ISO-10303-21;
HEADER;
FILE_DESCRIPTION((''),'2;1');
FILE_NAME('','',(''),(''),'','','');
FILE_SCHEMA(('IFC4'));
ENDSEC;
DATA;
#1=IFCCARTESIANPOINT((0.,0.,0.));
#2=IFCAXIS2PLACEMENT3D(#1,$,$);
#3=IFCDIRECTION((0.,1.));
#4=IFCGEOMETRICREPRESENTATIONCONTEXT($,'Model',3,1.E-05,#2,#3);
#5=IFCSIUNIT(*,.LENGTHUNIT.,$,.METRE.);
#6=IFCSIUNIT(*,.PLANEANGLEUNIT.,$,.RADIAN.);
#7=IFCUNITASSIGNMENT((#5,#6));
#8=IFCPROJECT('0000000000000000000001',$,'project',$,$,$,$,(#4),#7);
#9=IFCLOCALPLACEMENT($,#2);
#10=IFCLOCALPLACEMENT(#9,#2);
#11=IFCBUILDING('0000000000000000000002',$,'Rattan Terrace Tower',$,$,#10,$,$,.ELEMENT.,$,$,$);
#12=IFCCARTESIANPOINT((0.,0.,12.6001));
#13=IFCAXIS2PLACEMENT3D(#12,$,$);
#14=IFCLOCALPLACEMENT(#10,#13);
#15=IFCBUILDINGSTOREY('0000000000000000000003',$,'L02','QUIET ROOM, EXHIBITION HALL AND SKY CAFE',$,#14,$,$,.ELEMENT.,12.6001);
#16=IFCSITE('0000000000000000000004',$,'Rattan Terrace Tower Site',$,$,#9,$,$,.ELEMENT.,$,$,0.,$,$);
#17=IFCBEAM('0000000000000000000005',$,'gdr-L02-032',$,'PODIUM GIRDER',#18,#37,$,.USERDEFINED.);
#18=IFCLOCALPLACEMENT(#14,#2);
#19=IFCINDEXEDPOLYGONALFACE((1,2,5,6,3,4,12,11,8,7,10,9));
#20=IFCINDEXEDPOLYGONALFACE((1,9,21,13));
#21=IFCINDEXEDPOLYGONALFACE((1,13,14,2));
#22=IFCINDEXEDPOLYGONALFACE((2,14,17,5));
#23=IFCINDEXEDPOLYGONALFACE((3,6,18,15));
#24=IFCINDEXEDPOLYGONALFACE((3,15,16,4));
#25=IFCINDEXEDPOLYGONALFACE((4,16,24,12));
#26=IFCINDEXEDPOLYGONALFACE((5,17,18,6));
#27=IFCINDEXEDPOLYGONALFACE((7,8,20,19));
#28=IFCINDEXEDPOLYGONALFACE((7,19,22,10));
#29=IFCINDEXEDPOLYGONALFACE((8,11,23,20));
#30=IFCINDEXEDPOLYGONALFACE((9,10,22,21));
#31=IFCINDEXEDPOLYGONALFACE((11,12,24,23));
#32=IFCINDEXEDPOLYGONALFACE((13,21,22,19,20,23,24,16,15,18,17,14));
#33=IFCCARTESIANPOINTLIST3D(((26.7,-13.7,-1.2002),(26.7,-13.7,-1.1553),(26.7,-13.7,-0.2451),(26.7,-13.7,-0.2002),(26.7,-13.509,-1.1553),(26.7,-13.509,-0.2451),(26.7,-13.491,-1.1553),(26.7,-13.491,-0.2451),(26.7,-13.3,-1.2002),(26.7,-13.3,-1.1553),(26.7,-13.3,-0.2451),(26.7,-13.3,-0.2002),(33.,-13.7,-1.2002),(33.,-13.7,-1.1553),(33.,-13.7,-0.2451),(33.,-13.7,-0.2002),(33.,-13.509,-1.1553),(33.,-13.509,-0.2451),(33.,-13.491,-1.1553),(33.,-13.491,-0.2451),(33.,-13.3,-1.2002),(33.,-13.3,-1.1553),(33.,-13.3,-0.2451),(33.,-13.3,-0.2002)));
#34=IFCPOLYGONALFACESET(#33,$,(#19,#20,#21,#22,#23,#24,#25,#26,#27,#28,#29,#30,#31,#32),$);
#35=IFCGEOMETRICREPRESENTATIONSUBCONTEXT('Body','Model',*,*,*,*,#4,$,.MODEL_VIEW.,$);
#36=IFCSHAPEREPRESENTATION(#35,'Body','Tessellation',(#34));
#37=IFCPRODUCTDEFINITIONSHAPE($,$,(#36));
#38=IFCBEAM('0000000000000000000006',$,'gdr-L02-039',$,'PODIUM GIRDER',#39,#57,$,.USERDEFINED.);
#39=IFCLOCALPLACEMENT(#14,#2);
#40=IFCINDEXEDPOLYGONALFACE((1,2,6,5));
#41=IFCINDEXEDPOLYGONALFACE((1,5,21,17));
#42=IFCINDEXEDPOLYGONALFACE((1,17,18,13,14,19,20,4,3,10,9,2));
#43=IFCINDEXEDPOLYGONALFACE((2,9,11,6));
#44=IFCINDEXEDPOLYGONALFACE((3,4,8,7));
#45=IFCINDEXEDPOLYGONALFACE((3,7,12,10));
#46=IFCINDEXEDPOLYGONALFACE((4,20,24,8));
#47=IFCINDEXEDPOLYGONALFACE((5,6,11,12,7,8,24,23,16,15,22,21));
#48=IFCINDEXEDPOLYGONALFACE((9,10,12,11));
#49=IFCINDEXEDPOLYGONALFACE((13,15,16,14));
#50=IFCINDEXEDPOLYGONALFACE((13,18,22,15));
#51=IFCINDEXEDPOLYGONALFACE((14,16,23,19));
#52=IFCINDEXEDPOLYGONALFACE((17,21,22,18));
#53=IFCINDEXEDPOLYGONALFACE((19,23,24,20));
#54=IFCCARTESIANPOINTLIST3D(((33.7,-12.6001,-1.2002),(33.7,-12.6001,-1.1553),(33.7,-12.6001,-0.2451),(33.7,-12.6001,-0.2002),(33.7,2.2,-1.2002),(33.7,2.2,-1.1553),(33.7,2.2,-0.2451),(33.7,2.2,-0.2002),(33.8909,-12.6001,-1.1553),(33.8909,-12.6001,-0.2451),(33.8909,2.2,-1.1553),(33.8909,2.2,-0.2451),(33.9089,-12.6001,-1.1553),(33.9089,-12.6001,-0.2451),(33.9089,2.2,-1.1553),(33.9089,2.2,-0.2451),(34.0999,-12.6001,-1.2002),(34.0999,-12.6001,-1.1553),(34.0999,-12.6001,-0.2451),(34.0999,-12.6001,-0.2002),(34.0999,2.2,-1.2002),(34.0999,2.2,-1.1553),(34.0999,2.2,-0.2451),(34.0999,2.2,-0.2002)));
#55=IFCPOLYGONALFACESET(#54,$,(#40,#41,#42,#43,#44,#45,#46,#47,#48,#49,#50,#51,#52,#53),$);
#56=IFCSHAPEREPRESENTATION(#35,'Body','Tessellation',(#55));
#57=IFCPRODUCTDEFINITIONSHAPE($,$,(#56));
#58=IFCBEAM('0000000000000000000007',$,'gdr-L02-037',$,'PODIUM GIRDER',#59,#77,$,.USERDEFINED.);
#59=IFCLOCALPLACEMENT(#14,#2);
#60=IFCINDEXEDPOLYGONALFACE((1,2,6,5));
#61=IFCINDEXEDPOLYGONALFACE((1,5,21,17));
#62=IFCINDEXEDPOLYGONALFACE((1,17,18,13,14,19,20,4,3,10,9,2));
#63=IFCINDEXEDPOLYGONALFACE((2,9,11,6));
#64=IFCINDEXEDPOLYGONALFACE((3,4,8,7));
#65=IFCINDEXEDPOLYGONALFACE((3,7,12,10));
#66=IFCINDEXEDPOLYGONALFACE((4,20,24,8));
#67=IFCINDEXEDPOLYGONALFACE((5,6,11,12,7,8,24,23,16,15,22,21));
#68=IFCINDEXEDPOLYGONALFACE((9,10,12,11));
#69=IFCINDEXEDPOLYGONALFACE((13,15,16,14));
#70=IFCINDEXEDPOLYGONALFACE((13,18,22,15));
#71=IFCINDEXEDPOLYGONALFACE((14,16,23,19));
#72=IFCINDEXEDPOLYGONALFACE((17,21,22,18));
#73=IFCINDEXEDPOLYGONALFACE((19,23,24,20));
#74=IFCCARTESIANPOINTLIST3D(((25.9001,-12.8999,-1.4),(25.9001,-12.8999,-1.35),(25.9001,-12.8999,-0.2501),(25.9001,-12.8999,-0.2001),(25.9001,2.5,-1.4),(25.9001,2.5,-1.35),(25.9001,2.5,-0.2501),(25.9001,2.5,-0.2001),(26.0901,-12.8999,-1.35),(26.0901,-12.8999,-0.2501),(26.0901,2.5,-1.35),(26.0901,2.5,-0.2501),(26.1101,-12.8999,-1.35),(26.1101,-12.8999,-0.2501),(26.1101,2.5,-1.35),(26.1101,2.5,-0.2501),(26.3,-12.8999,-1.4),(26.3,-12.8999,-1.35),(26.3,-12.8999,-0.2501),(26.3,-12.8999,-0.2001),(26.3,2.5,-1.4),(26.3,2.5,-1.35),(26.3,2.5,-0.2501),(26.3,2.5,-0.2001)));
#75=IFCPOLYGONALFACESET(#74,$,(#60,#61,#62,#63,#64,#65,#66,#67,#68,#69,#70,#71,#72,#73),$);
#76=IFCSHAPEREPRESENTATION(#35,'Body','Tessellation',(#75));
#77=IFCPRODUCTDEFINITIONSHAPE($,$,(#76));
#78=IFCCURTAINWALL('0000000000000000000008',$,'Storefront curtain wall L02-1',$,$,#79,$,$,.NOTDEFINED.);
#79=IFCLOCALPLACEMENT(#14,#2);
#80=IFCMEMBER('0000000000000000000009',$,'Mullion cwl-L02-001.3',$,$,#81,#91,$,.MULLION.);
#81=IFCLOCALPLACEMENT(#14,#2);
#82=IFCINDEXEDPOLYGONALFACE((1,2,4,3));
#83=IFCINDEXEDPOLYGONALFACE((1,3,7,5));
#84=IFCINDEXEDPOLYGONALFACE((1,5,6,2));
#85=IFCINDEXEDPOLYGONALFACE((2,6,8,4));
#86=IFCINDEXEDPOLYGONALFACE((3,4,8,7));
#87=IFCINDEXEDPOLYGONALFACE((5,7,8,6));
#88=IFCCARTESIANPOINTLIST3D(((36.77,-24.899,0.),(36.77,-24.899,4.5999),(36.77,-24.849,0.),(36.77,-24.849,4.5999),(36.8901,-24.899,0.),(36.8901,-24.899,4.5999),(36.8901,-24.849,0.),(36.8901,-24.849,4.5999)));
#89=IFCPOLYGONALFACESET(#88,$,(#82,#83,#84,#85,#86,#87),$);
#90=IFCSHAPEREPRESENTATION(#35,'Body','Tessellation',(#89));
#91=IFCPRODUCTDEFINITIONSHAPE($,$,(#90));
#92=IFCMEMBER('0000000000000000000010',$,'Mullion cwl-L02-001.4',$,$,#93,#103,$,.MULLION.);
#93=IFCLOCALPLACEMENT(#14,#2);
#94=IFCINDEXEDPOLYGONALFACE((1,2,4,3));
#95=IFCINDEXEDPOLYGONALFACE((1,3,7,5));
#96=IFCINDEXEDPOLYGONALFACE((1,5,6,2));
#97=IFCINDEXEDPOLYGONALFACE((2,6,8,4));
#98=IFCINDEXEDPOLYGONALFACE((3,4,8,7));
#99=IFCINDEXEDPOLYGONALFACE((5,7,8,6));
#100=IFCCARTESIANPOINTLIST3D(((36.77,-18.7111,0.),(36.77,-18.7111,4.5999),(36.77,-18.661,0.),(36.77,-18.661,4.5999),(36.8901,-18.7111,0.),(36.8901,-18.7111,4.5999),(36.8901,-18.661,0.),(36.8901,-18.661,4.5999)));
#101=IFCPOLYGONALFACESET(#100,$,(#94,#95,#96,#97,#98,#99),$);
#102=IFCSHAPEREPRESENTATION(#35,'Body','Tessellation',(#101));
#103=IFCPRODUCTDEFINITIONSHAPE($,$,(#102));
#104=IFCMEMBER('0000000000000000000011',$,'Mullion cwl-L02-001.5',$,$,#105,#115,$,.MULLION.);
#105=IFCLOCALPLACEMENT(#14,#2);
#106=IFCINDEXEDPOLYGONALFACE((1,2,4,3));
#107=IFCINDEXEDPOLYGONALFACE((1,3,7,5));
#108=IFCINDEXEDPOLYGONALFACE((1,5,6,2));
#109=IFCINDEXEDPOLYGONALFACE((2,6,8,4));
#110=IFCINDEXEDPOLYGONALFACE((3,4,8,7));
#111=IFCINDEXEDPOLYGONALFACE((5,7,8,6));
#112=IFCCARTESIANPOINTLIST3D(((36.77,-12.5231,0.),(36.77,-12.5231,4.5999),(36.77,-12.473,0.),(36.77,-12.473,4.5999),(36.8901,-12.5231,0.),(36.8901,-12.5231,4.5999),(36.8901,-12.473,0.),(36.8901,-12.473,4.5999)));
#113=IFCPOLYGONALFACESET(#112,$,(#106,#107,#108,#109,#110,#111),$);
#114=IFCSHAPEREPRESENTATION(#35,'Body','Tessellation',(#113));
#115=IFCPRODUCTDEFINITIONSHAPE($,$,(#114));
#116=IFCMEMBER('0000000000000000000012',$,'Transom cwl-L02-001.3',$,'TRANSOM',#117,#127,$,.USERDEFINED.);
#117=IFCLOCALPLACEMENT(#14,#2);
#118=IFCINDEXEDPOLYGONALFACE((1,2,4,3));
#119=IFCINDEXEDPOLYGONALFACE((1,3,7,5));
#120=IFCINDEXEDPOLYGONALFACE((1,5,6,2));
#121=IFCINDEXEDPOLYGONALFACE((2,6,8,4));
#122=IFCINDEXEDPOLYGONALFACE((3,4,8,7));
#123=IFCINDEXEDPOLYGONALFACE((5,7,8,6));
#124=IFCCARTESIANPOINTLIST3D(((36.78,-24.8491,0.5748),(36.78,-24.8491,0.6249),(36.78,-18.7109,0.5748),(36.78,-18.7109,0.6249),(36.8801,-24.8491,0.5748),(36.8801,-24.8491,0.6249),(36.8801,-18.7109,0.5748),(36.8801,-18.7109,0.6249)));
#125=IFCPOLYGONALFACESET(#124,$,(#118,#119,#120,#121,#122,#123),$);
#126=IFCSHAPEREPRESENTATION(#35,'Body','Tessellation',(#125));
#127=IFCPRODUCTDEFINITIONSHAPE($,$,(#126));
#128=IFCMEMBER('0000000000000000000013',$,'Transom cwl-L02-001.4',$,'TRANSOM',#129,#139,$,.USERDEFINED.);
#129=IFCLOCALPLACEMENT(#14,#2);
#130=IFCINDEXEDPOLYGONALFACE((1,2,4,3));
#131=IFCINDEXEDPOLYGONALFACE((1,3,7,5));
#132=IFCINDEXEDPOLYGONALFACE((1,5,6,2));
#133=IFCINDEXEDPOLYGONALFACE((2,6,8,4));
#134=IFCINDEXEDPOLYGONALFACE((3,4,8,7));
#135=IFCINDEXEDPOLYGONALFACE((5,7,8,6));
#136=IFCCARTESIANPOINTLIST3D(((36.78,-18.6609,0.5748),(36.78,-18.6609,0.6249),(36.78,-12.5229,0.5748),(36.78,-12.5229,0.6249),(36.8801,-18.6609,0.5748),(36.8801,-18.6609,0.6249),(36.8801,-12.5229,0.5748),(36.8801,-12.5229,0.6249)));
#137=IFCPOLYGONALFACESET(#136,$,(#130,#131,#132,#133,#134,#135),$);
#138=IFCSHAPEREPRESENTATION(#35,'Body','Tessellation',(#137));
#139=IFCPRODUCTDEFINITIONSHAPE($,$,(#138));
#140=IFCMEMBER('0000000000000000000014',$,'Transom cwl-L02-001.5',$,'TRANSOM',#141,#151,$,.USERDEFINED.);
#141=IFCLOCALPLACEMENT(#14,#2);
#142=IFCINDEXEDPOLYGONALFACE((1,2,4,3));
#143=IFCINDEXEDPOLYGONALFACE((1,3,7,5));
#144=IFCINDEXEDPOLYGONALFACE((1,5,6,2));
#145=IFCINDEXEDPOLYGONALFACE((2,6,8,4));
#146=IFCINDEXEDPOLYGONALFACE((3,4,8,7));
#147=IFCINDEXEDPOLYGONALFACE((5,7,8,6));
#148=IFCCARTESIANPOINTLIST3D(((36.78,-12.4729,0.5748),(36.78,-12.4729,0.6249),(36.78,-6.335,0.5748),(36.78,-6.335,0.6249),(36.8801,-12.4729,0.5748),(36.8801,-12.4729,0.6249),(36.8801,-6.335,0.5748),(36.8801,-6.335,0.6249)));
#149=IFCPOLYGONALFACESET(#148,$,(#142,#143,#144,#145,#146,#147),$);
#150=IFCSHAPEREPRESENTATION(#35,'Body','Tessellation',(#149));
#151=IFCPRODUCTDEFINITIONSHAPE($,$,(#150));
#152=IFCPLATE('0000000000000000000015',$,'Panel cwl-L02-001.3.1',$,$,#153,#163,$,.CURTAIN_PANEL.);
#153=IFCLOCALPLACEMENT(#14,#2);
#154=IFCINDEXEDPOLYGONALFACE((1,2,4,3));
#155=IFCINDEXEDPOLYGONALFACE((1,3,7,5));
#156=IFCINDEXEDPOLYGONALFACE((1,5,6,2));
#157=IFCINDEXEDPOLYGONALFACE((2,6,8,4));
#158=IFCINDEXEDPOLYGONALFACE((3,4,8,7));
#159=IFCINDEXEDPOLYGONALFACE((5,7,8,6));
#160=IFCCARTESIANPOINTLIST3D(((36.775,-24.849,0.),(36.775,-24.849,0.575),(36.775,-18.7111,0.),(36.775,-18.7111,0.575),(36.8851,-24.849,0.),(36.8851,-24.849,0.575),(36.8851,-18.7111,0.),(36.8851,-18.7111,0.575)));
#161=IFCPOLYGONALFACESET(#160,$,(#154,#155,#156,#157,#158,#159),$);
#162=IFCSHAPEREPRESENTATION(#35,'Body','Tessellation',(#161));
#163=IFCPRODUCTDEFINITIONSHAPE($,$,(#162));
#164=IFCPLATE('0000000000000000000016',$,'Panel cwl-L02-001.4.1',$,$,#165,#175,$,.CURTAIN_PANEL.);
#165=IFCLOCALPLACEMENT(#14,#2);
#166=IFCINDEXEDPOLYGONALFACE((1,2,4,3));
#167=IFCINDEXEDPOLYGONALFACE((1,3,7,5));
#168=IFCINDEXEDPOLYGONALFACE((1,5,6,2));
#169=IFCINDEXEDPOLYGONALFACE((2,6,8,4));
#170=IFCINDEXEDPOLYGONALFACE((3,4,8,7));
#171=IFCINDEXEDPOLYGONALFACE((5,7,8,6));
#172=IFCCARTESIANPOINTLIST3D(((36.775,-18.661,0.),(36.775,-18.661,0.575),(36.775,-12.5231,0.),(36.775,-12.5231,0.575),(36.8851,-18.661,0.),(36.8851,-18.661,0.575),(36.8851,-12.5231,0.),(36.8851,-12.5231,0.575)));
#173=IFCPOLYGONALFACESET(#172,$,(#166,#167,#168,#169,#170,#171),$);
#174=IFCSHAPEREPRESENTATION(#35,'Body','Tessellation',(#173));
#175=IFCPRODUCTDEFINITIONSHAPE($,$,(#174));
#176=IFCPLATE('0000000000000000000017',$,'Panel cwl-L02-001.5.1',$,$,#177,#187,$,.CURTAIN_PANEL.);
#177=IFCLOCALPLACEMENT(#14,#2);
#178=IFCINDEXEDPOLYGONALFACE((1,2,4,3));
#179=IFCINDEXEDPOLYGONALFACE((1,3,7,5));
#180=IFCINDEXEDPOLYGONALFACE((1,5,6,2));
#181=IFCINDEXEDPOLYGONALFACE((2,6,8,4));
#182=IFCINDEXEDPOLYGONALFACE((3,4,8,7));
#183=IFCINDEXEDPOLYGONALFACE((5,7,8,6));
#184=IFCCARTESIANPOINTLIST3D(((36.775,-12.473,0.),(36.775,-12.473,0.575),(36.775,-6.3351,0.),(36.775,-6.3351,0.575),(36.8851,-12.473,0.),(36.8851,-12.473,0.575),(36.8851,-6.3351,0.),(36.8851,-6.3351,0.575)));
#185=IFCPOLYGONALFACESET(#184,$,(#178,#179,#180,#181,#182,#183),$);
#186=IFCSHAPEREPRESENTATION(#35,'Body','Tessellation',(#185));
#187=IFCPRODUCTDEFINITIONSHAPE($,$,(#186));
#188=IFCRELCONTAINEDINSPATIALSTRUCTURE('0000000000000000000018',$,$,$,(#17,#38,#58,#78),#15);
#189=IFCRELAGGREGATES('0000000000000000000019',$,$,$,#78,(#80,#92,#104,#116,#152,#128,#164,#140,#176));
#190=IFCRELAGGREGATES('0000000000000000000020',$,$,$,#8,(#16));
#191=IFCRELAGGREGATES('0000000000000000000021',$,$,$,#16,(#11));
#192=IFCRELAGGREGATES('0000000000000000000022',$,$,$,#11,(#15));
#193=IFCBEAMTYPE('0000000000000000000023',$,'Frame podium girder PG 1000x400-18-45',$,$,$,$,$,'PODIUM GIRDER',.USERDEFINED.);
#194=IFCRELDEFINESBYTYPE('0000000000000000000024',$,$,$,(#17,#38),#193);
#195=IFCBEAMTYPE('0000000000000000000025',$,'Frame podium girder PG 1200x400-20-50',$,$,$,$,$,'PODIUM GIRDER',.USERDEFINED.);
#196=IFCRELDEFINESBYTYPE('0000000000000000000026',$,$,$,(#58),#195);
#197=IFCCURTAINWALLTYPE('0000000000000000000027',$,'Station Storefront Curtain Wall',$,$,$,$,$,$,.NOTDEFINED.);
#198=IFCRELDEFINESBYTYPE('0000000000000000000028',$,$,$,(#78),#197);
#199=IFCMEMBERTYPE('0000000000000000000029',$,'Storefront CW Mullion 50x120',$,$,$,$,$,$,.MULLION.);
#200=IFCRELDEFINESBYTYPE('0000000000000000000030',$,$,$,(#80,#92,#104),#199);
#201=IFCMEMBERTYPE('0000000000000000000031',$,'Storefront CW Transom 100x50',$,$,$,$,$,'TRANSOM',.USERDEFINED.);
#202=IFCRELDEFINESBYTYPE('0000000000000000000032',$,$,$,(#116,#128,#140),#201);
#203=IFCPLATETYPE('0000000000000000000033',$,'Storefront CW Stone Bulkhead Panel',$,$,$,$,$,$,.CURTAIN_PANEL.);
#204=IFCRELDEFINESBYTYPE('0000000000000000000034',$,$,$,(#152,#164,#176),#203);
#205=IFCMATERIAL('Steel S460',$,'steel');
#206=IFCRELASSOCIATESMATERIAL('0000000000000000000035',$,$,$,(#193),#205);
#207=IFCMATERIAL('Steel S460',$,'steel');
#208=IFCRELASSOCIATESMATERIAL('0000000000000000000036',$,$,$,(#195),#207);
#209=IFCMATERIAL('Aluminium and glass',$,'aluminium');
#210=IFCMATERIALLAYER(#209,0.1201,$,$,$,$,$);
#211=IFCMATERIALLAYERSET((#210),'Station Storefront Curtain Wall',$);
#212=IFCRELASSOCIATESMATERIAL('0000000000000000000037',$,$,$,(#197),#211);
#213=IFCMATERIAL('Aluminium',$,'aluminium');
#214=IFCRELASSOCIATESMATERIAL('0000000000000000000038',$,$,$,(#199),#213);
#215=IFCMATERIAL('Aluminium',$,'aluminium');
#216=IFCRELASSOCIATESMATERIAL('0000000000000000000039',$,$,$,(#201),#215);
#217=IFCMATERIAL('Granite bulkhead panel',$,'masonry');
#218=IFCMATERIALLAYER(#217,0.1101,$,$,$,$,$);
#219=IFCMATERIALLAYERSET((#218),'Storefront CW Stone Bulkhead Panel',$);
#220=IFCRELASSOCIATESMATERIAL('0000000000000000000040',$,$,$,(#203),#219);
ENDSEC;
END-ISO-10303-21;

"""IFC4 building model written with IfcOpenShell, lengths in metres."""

from ifc_helpers import new_model, si_unit, direction, frame, origin, origin_2d, place, context, subcontext, project, spatial, rectangle, i_section, extrude, material, layer, layer_set, material_profile, profile_set, type_object, element, aggregate, save


model = new_model("IFC4")

# Units and contexts
model_context = context("Model", 3, precision=1e-05, world=origin(), true_north=direction((0.0, 1.0)))
body_context = subcontext(model_context, "Body", "Model", "MODEL_VIEW")
ifc_project = project(units=[si_unit("LENGTHUNIT", "METRE"), si_unit("PLANEANGLEUNIT", "RADIAN")], contexts=[model_context])

# Site, building, storey
site_placement = place(None, origin())
site = spatial("IfcSite", under=ifc_project, at=site_placement, Name="Rattan Terrace Tower Site", CompositionType="ELEMENT", RefElevation=0.0)
building_placement = place(site_placement, origin())
building = spatial("IfcBuilding", under=site, at=building_placement, Name="Rattan Terrace Tower", CompositionType="ELEMENT")
storey_placement = place(building_placement, frame((0.0, 0.0, 12.6001)))
storey = spatial("IfcBuildingStorey", under=building, at=storey_placement, Name="L02", Description="QUIET ROOM, EXHIBITION HALL AND SKY CAFE", CompositionType="ELEMENT", Elevation=12.6001)

# Beams
ifc_material_1 = material(Name="Steel S460", Category="steel")
ifc_material_profile_1 = material_profile(ifc_material_1, i_section(OverallWidth=0.3999, OverallDepth=1.0, WebThickness=0.0181, FlangeThickness=0.0449, at=origin_2d()), Name="PG 1000x400-18-45")
ifc_profile_set_1 = profile_set([ifc_material_profile_1], Name="Steel S460")
beam_type_1 = type_object("IfcBeamType", Name="Frame podium girder PG 1000x400-18-45", ElementType="PODIUM GIRDER", PredefinedType="USERDEFINED", material=ifc_profile_set_1)
beam_1_placement = place(storey_placement, frame((26.7, -13.5, -0.7002), z_axis=(1.0, 0.0, 0.0), x_axis=(0.0, 1.0, 0.0)))
element("IfcBeam", 1, at=beam_1_placement, inside=storey, type_object=beam_type_1, Name="gdr-L02-032", ObjectType="PODIUM GIRDER", PredefinedType="USERDEFINED", context=body_context, shape_type="SweptSolid", body=[
    extrude(i_section(OverallWidth=0.3999, OverallDepth=1.0, WebThickness=0.0181, FlangeThickness=0.0449, at=origin_2d()), origin(), (0.0, 0.0, 1.0), 6.3),
])
beam_2_placement = place(storey_placement, frame((33.8999, -12.6001, -0.7002), z_axis=(0.0, 1.0, 0.0), x_axis=(-1.0, 0.0, 0.0)))
element("IfcBeam", 2, at=beam_2_placement, inside=storey, type_object=beam_type_1, Name="gdr-L02-039", ObjectType="PODIUM GIRDER", PredefinedType="USERDEFINED", context=body_context, shape_type="SweptSolid", body=[
    extrude(i_section(OverallWidth=0.3999, OverallDepth=1.0, WebThickness=0.0181, FlangeThickness=0.0449, at=origin_2d()), origin(), (0.0, 0.0, 1.0), 14.8),
])
ifc_material_2 = material(Name="Steel S460", Category="steel")
ifc_material_profile_2 = material_profile(ifc_material_2, i_section(OverallWidth=0.3999, OverallDepth=1.2, WebThickness=0.02, FlangeThickness=0.05, at=origin_2d()), Name="PG 1200x400-20-50")
ifc_profile_set_2 = profile_set([ifc_material_profile_2], Name="Steel S460")
beam_type_2 = type_object("IfcBeamType", Name="Frame podium girder PG 1200x400-20-50", ElementType="PODIUM GIRDER", PredefinedType="USERDEFINED", material=ifc_profile_set_2)
beam_3_placement = place(storey_placement, frame((26.1001, -12.8999, -0.8), z_axis=(0.0, 1.0, 0.0), x_axis=(-1.0, 0.0, 0.0)))
element("IfcBeam", 3, at=beam_3_placement, inside=storey, type_object=beam_type_2, Name="gdr-L02-037", ObjectType="PODIUM GIRDER", PredefinedType="USERDEFINED", context=body_context, shape_type="SweptSolid", body=[
    extrude(i_section(OverallWidth=0.3999, OverallDepth=1.2, WebThickness=0.02, FlangeThickness=0.05, at=origin_2d()), origin(), (0.0, 0.0, 1.0), 15.3999),
])

# Curtain wall, members, plates
ifc_material_3 = material(Name="Aluminium and glass", Category="aluminium")
ifc_layer_1 = layer(ifc_material_3, 0.1201)
ifc_layer_set_1 = layer_set([ifc_layer_1], Name="Station Storefront Curtain Wall")
curtain_wall_type = type_object("IfcCurtainWallType", Name="Station Storefront Curtain Wall", PredefinedType="NOTDEFINED", material=ifc_layer_set_1)
curtain_wall_placement = place(storey_placement, origin())
curtain_wall = element("IfcCurtainWall", 4, at=curtain_wall_placement, inside=storey, type_object=curtain_wall_type, Name="Storefront curtain wall L02-1", PredefinedType="NOTDEFINED")
ifc_material_4 = material(Name="Aluminium", Category="aluminium")
ifc_material_profile_3 = material_profile(ifc_material_4, rectangle(XDim=0.05, YDim=0.1201, at=origin_2d()), Name="Aluminium 50x120")
ifc_profile_set_3 = profile_set([ifc_material_profile_3], Name="Aluminium")
member_type_1 = type_object("IfcMemberType", Name="Storefront CW Mullion 50x120", PredefinedType="MULLION", material=ifc_profile_set_3)
member_1_placement = place(storey_placement, frame((36.8301, -24.874, 0.0), z_axis=(0.0, 0.0, 1.0), x_axis=(0.0, 1.0, 0.0)))
member_1 = element("IfcMember", 5, at=member_1_placement, type_object=member_type_1, Name="Mullion cwl-L02-001.3", PredefinedType="MULLION", context=body_context, shape_type="SweptSolid", body=[
    extrude(rectangle(XDim=0.05, YDim=0.1201, at=origin_2d()), origin(), (0.0, 0.0, 1.0), 4.5999),
])
member_2_placement = place(storey_placement, frame((36.8301, -18.686, 0.0), z_axis=(0.0, 0.0, 1.0), x_axis=(0.0, 1.0, 0.0)))
member_2 = element("IfcMember", 6, at=member_2_placement, type_object=member_type_1, Name="Mullion cwl-L02-001.4", PredefinedType="MULLION", context=body_context, shape_type="SweptSolid", body=[
    extrude(rectangle(XDim=0.05, YDim=0.1201, at=origin_2d()), origin(), (0.0, 0.0, 1.0), 4.5999),
])
member_3_placement = place(storey_placement, frame((36.8301, -12.498, 0.0), z_axis=(0.0, 0.0, 1.0), x_axis=(0.0, 1.0, 0.0)))
member_3 = element("IfcMember", 7, at=member_3_placement, type_object=member_type_1, Name="Mullion cwl-L02-001.5", PredefinedType="MULLION", context=body_context, shape_type="SweptSolid", body=[
    extrude(rectangle(XDim=0.05, YDim=0.1201, at=origin_2d()), origin(), (0.0, 0.0, 1.0), 4.5999),
])
ifc_material_5 = material(Name="Aluminium", Category="aluminium")
ifc_material_profile_4 = material_profile(ifc_material_5, rectangle(XDim=0.1001, YDim=0.05, at=origin_2d()), Name="Aluminium 100x50")
ifc_profile_set_4 = profile_set([ifc_material_profile_4], Name="Aluminium")
member_type_2 = type_object("IfcMemberType", Name="Storefront CW Transom 100x50", ElementType="TRANSOM", PredefinedType="USERDEFINED", material=ifc_profile_set_4)
member_4_placement = place(storey_placement, frame((36.8301, -24.8491, 0.5999), z_axis=(0.0, 1.0, 0.0), x_axis=(-1.0, 0.0, 0.0)))
member_4 = element("IfcMember", 8, at=member_4_placement, type_object=member_type_2, Name="Transom cwl-L02-001.3", ObjectType="TRANSOM", PredefinedType="USERDEFINED", context=body_context, shape_type="SweptSolid", body=[
    extrude(rectangle(XDim=0.1001, YDim=0.05, at=origin_2d()), origin(), (0.0, 0.0, 1.0), 6.1382),
])
member_5_placement = place(storey_placement, frame((36.8301, -18.6609, 0.5999), z_axis=(0.0, 1.0, 0.0), x_axis=(-1.0, 0.0, 0.0)))
member_5 = element("IfcMember", 9, at=member_5_placement, type_object=member_type_2, Name="Transom cwl-L02-001.4", ObjectType="TRANSOM", PredefinedType="USERDEFINED", context=body_context, shape_type="SweptSolid", body=[
    extrude(rectangle(XDim=0.1001, YDim=0.05, at=origin_2d()), origin(), (0.0, 0.0, 1.0), 6.1379),
])
member_6_placement = place(storey_placement, frame((36.8301, -12.4729, 0.5999), z_axis=(0.0, 1.0, 0.0), x_axis=(-1.0, 0.0, 0.0)))
member_6 = element("IfcMember", 10, at=member_6_placement, type_object=member_type_2, Name="Transom cwl-L02-001.5", ObjectType="TRANSOM", PredefinedType="USERDEFINED", context=body_context, shape_type="SweptSolid", body=[
    extrude(rectangle(XDim=0.1001, YDim=0.05, at=origin_2d()), origin(), (0.0, 0.0, 1.0), 6.1379),
])
ifc_material_6 = material(Name="Granite bulkhead panel", Category="masonry")
ifc_layer_2 = layer(ifc_material_6, 0.1101)
ifc_layer_set_2 = layer_set([ifc_layer_2], Name="Storefront CW Stone Bulkhead Panel")
plate_type_1 = type_object("IfcPlateType", Name="Storefront CW Stone Bulkhead Panel", PredefinedType="CURTAIN_PANEL", material=ifc_layer_set_2)
plate_1_placement = place(storey_placement, frame((36.8301, -21.78, 0.0), z_axis=(0.0, 0.0, 1.0), x_axis=(0.0, 1.0, 0.0)))
plate_1 = element("IfcPlate", 11, at=plate_1_placement, type_object=plate_type_1, Name="Panel cwl-L02-001.3.1", PredefinedType="CURTAIN_PANEL", context=body_context, shape_type="SweptSolid", body=[
    extrude(rectangle(XDim=6.1379, YDim=0.1101, at=origin_2d()), origin(), (0.0, 0.0, 1.0), 0.575),
])
plate_2_placement = place(storey_placement, frame((36.8301, -15.592, 0.0), z_axis=(0.0, 0.0, 1.0), x_axis=(0.0, 1.0, 0.0)))
plate_2 = element("IfcPlate", 12, at=plate_2_placement, type_object=plate_type_1, Name="Panel cwl-L02-001.4.1", PredefinedType="CURTAIN_PANEL", context=body_context, shape_type="SweptSolid", body=[
    extrude(rectangle(XDim=6.1379, YDim=0.1101, at=origin_2d()), origin(), (0.0, 0.0, 1.0), 0.575),
])
plate_3_placement = place(storey_placement, frame((36.8301, -9.4041, 0.0), z_axis=(0.0, 0.0, 1.0), x_axis=(0.0, 1.0, 0.0)))
plate_3 = element("IfcPlate", 13, at=plate_3_placement, type_object=plate_type_1, Name="Panel cwl-L02-001.5.1", PredefinedType="CURTAIN_PANEL", context=body_context, shape_type="SweptSolid", body=[
    extrude(rectangle(XDim=6.1379, YDim=0.1101, at=origin_2d()), origin(), (0.0, 0.0, 1.0), 0.575),
])
aggregate(curtain_wall, [member_1, member_2, member_3, member_4, plate_1, member_5, plate_2, member_6, plate_3])

save(model, "model.ifc")
